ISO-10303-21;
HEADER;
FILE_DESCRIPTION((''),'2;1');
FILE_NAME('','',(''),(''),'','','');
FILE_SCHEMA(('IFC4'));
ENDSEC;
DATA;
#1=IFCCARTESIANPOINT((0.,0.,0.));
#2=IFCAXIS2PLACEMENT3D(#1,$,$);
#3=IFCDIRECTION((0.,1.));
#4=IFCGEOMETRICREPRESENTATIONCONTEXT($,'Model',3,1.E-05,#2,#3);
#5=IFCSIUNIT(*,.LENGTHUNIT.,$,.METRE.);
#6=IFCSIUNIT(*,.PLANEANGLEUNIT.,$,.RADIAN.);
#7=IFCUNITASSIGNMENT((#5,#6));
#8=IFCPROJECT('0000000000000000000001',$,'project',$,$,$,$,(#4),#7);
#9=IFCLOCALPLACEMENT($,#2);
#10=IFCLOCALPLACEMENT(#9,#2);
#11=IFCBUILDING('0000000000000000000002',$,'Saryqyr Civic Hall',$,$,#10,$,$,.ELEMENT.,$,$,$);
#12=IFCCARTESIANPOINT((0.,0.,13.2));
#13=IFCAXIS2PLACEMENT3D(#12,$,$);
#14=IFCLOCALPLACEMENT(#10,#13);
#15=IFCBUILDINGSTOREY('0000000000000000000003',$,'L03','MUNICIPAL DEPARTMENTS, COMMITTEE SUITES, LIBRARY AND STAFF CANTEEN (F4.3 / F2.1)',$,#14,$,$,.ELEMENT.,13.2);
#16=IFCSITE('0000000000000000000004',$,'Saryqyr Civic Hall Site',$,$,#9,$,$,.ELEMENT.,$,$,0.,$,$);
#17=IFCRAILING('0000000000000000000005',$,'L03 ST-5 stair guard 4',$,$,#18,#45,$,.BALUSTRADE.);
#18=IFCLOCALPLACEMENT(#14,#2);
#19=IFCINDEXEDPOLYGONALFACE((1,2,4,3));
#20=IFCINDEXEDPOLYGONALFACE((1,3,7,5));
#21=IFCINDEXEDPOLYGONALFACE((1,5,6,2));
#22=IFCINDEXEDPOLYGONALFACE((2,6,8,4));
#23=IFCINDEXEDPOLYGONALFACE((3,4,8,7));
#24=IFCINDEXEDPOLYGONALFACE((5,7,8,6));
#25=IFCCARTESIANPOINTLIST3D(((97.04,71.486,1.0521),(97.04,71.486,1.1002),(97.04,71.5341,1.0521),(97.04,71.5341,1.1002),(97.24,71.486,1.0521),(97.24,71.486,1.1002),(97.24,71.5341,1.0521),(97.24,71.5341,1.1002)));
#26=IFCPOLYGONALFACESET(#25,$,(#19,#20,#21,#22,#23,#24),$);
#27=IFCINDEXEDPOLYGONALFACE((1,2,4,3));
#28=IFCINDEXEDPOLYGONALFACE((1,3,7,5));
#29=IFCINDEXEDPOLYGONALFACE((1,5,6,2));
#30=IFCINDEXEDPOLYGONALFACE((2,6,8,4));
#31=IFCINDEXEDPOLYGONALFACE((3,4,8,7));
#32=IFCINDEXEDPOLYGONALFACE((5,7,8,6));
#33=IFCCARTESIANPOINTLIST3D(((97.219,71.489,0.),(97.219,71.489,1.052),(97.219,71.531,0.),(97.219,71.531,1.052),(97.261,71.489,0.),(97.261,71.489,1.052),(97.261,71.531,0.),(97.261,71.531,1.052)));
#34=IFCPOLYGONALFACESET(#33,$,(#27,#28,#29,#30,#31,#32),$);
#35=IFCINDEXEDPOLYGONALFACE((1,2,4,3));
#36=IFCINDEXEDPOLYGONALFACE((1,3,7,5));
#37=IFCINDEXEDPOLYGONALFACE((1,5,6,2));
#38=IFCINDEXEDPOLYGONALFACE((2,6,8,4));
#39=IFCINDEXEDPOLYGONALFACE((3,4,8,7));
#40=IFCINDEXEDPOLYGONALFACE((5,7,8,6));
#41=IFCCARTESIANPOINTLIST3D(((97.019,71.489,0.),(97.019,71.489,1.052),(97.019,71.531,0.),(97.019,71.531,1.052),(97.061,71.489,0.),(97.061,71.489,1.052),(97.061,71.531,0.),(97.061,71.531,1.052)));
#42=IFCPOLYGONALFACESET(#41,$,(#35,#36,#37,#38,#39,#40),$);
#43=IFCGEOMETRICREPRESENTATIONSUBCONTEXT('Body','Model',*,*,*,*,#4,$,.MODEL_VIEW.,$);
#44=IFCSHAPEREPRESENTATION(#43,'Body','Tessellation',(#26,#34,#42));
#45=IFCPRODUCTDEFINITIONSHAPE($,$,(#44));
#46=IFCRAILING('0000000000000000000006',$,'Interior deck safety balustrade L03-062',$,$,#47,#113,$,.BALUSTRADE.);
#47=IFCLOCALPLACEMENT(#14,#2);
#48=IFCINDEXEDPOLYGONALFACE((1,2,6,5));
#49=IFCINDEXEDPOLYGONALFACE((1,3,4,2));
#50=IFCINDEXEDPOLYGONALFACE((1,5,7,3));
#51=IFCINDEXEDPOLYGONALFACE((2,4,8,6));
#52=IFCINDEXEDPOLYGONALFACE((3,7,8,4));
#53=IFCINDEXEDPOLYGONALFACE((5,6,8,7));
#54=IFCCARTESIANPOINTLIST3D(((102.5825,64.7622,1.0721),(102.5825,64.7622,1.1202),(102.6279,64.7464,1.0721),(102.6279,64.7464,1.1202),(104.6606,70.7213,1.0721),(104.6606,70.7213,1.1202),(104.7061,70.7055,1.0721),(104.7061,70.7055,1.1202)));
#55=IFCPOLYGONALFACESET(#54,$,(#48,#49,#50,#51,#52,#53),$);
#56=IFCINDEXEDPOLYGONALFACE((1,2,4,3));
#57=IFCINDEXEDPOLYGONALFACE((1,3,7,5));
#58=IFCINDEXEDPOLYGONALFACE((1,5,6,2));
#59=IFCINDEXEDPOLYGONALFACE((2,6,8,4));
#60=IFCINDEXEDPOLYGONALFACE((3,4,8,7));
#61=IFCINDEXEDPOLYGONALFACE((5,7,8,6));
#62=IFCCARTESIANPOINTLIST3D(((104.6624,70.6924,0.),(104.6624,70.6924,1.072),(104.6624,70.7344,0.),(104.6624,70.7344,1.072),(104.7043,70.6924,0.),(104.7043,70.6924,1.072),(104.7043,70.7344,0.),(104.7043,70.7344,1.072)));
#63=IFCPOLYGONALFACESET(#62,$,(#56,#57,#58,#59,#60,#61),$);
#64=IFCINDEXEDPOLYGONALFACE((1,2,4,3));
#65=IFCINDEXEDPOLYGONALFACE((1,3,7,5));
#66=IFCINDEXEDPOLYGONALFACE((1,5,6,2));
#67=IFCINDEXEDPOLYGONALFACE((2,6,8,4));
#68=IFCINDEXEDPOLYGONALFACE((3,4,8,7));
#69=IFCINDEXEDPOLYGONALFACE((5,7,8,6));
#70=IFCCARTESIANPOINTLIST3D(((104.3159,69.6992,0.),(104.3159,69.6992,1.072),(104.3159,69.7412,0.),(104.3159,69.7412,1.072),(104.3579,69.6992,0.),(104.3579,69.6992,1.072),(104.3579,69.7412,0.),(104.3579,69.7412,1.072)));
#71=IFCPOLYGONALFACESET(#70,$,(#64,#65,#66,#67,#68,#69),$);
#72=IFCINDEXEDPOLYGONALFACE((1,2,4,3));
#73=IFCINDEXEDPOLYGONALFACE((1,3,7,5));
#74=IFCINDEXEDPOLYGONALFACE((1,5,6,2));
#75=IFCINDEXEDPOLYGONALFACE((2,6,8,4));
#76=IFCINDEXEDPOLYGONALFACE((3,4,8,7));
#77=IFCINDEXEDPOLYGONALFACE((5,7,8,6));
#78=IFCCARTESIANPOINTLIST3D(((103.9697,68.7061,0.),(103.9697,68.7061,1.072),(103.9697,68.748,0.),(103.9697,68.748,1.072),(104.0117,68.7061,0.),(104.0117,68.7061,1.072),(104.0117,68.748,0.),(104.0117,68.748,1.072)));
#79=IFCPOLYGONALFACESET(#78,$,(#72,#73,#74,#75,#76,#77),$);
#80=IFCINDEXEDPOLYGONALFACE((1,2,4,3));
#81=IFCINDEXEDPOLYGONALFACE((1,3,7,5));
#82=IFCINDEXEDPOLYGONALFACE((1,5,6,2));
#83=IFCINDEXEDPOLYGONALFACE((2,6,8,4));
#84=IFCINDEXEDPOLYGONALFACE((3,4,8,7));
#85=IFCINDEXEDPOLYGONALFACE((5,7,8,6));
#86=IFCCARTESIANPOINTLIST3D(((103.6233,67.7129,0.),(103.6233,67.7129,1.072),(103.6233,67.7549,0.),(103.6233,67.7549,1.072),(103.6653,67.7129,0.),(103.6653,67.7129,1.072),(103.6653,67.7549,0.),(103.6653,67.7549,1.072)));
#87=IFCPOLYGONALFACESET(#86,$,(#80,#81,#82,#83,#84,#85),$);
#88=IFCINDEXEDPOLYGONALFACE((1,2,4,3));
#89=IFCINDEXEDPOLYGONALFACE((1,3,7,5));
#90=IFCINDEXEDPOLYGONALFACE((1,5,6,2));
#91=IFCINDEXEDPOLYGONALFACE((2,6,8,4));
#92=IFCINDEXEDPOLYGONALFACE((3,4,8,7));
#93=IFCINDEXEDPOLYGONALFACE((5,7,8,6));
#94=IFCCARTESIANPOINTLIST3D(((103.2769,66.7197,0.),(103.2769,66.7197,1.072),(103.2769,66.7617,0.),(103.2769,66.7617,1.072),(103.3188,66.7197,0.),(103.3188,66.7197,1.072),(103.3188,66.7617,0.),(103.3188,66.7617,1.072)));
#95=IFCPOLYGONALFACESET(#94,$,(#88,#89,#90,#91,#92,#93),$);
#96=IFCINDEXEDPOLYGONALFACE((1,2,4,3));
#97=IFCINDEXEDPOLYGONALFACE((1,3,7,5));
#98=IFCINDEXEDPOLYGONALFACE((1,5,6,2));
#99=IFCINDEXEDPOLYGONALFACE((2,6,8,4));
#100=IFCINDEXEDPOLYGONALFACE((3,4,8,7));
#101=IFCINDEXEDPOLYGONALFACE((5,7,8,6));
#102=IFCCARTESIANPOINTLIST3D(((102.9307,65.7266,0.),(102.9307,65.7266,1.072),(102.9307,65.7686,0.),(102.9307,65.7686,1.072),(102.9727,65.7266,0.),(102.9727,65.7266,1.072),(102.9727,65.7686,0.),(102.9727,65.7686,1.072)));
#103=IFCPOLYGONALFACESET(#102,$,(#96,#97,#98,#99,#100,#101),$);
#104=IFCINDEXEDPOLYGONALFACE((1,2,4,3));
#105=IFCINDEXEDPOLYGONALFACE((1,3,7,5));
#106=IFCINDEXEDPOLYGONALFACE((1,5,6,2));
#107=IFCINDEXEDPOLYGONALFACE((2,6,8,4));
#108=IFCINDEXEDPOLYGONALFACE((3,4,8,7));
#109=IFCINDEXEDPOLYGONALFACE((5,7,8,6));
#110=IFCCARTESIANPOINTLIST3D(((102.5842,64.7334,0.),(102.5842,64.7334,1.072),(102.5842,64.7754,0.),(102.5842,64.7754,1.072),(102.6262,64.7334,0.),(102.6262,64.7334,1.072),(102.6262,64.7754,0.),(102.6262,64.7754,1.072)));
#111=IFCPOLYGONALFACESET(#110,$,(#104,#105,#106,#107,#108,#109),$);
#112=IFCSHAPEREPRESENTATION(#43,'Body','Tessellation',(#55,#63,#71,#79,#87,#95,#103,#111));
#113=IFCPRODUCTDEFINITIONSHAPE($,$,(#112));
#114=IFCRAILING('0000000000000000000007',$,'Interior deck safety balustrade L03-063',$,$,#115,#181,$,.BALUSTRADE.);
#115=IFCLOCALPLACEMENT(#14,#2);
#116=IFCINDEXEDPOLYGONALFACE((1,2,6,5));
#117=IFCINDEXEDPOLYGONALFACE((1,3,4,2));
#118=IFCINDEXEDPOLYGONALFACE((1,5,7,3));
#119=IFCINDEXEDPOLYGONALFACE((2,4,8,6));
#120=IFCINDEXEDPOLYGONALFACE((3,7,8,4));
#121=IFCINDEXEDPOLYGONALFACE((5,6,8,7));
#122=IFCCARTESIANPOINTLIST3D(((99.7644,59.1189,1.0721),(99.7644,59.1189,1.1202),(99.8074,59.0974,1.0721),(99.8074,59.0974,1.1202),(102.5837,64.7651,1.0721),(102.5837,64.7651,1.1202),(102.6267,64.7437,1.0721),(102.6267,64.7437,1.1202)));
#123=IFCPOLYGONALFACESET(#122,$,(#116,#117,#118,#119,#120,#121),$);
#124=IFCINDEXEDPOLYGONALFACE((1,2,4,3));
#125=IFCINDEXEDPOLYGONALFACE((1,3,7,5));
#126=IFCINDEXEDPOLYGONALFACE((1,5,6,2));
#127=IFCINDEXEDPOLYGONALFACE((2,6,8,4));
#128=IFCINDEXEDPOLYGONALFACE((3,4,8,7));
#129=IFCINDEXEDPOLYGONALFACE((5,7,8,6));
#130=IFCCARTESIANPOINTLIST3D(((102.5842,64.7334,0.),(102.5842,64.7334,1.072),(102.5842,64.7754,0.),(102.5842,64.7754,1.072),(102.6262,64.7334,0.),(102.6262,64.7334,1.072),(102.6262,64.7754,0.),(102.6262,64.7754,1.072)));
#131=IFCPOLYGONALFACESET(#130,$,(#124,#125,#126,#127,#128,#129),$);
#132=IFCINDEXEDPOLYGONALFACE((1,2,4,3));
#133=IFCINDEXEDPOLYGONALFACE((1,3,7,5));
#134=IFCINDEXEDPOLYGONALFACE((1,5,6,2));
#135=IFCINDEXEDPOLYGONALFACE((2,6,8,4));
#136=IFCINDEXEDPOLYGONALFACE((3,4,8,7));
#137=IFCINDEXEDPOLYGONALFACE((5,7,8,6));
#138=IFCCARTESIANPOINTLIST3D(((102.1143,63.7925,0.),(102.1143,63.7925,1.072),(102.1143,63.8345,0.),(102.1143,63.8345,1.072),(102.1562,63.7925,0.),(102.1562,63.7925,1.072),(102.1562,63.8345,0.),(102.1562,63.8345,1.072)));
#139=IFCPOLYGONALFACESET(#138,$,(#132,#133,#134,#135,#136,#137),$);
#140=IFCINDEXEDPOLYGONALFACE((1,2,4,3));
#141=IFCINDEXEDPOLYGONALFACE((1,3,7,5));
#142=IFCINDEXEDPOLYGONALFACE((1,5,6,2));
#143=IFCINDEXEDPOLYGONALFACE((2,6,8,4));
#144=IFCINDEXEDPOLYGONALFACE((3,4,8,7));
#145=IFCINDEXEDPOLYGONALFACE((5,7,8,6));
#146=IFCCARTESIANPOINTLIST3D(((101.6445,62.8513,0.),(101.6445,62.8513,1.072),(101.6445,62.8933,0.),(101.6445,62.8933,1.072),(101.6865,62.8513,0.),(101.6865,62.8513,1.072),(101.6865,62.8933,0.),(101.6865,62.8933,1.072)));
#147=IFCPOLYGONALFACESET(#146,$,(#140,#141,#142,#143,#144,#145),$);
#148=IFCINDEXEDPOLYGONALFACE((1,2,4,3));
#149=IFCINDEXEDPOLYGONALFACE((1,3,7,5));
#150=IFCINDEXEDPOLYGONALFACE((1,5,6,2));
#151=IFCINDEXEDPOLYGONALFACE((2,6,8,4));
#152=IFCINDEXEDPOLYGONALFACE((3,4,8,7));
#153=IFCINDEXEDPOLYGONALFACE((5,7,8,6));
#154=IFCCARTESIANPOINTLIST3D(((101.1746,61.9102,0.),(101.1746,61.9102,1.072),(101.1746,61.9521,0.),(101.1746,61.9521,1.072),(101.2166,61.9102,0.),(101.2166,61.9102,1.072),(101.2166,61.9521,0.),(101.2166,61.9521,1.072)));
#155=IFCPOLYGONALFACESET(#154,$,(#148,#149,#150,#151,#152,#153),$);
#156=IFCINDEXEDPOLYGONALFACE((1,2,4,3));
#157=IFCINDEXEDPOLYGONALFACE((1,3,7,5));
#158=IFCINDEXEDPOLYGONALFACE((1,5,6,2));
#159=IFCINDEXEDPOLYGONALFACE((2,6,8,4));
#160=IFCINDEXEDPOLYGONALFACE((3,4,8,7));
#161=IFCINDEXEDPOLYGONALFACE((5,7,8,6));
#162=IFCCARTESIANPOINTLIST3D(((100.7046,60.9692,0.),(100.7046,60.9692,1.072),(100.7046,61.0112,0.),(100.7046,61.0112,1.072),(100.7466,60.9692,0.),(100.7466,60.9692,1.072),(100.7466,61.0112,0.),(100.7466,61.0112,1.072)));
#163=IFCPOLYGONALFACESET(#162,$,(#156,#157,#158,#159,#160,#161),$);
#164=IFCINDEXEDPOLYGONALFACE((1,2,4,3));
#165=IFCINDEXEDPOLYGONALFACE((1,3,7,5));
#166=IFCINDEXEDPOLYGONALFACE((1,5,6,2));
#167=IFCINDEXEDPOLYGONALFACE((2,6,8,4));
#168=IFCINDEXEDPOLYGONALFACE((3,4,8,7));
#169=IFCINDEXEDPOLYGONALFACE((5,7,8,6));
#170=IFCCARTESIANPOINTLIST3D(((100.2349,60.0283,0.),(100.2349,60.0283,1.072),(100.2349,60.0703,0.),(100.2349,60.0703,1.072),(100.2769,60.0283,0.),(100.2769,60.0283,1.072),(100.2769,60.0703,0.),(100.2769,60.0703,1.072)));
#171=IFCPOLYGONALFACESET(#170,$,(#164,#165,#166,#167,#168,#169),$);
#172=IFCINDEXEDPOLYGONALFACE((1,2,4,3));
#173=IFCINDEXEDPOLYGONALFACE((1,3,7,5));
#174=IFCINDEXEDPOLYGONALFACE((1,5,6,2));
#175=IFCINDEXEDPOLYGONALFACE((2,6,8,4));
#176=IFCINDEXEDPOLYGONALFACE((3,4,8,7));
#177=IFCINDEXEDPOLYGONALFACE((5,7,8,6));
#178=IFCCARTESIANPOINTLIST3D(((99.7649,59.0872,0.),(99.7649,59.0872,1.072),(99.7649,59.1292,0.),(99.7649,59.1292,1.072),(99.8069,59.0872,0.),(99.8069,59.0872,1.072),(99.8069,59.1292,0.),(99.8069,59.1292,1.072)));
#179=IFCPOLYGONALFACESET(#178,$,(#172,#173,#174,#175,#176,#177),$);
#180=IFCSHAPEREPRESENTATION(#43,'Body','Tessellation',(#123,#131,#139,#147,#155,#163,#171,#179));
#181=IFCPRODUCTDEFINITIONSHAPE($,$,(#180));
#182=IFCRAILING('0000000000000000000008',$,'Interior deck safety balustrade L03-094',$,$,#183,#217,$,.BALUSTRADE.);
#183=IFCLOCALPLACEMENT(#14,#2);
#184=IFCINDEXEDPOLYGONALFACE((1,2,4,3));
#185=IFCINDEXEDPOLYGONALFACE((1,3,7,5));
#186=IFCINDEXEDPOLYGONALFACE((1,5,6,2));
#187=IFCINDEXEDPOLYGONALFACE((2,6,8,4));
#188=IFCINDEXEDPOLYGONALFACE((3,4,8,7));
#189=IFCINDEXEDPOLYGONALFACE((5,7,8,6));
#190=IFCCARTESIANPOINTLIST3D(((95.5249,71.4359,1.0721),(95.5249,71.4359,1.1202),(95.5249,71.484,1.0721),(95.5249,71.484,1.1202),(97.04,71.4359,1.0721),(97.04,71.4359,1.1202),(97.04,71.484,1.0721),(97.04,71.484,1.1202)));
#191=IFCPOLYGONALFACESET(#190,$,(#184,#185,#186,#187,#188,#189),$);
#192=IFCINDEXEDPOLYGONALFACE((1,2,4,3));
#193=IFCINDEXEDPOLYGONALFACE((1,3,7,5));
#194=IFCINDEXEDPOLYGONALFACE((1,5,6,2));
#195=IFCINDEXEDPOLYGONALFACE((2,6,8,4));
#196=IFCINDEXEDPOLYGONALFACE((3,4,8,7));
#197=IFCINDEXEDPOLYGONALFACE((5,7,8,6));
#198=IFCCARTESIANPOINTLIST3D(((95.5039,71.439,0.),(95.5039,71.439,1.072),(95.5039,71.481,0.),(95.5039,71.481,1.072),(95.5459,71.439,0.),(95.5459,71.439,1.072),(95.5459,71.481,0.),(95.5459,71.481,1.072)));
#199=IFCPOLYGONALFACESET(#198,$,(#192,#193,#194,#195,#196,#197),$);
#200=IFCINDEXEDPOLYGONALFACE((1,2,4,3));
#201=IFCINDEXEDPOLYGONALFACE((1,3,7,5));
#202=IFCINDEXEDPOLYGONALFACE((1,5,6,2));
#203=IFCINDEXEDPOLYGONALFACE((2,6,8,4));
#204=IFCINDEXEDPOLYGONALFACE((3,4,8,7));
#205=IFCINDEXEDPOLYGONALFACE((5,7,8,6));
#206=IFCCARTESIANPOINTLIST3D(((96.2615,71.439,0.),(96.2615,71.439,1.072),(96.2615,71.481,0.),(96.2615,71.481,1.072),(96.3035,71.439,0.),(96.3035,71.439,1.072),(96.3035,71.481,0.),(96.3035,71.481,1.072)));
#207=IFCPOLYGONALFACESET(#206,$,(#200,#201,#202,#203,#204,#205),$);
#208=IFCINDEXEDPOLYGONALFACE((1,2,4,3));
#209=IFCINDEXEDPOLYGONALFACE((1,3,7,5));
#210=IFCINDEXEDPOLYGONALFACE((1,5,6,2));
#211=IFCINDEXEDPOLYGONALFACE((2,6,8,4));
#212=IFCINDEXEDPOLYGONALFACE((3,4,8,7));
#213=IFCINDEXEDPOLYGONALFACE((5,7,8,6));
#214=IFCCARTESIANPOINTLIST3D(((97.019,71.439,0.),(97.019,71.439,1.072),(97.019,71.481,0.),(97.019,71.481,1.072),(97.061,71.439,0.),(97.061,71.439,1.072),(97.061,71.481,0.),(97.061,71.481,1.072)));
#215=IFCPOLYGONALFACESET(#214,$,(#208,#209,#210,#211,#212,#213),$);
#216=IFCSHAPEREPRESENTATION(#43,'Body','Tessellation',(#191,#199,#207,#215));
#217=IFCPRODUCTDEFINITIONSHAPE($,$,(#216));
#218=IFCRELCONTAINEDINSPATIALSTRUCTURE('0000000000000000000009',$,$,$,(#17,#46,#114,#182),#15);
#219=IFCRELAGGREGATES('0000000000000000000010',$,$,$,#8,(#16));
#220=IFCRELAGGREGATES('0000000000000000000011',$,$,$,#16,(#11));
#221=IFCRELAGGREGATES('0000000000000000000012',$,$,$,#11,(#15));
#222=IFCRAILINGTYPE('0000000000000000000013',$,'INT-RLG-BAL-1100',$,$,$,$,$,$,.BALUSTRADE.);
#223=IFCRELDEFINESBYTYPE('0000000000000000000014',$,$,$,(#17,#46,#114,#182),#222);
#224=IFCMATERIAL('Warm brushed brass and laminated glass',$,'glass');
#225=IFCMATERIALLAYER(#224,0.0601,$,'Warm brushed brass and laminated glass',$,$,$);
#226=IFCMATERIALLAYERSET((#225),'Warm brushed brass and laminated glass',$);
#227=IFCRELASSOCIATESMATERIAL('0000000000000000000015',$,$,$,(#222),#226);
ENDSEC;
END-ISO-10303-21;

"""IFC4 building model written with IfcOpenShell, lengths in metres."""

from ifc_helpers import new_model, si_unit, direction, frame, origin, origin_2d, place, context, subcontext, project, spatial, rectangle, extrude, material, layer, layer_set, type_object, element, save


model = new_model("IFC4")

# Units and contexts
model_context = context("Model", 3, precision=1e-05, world=origin(), true_north=direction((0.0, 1.0)))
body_context = subcontext(model_context, "Body", "Model", "MODEL_VIEW")
ifc_project = project(units=[si_unit("LENGTHUNIT", "METRE"), si_unit("PLANEANGLEUNIT", "RADIAN")], contexts=[model_context])

# Site, building, storey
site_placement = place(None, origin())
site = spatial("IfcSite", under=ifc_project, at=site_placement, Name="Saryqyr Civic Hall Site", CompositionType="ELEMENT", RefElevation=0.0)
building_placement = place(site_placement, origin())
building = spatial("IfcBuilding", under=site, at=building_placement, Name="Saryqyr Civic Hall", CompositionType="ELEMENT")
storey_placement = place(building_placement, frame((0.0, 0.0, 13.2)))
storey = spatial("IfcBuildingStorey", under=building, at=storey_placement, Name="L03", Description="MUNICIPAL DEPARTMENTS, COMMITTEE SUITES, LIBRARY AND STAFF CANTEEN (F4.3 / F2.1)", CompositionType="ELEMENT", Elevation=13.2)

# Railings
ifc_material_1 = material(Name="Warm brushed brass and laminated glass", Category="glass")
ifc_layer_1 = layer(ifc_material_1, 0.0601, Name="Warm brushed brass and laminated glass")
ifc_layer_set_1 = layer_set([ifc_layer_1], Name="Warm brushed brass and laminated glass")
railing_type = type_object("IfcRailingType", Name="INT-RLG-BAL-1100", PredefinedType="BALUSTRADE", material=ifc_layer_set_1)
railing_1_placement = place(storey_placement, frame((97.24, 71.51, 0.0)))
element("IfcRailing", 1, at=railing_1_placement, inside=storey, type_object=railing_type, Name="L03 ST-5 stair guard 4", PredefinedType="BALUSTRADE", context=body_context, shape_type="SweptSolid", body=[
    extrude(rectangle(XDim=0.0481, YDim=0.0481, at=origin_2d()), frame((0.0, 0.0, 1.0762), z_axis=(-1.0, 0.0, 0.0), x_axis=(0.0, -1.0, 0.0)), (0.0, 0.0, 1.0), 0.2),
    extrude(rectangle(XDim=0.042, YDim=0.042, at=origin_2d()), origin(), (0.0, 0.0, 1.0), 1.052),
    extrude(rectangle(XDim=0.042, YDim=0.042, at=origin_2d()), frame((-0.2, 0.0, 0.0)), (0.0, 0.0, 1.0), 1.052),
])
railing_2_placement = place(storey_placement, frame((104.6833, 70.7134, 0.0)))
element("IfcRailing", 2, at=railing_2_placement, inside=storey, type_object=railing_type, Name="Interior deck safety balustrade L03-062", PredefinedType="BALUSTRADE", context=body_context, shape_type="SweptSolid", body=[
    extrude(rectangle(XDim=0.0481, YDim=0.0481, at=origin_2d()), frame((0.0, 0.0, 1.0962), z_axis=(-0.329289, -0.944229, 0.0), x_axis=(0.944229, -0.329289, 0.0)), (0.0, 0.0, 1.0), 6.311),
    extrude(rectangle(XDim=0.042, YDim=0.042, at=origin_2d()), origin(), (0.0, 0.0, 1.0), 1.072),
    extrude(rectangle(XDim=0.042, YDim=0.042, at=origin_2d()), frame((-0.3464, -0.9932, 0.0)), (0.0, 0.0, 1.0), 1.072),
    extrude(rectangle(XDim=0.042, YDim=0.042, at=origin_2d()), frame((-0.6926, -1.9863, 0.0)), (0.0, 0.0, 1.0), 1.072),
    extrude(rectangle(XDim=0.042, YDim=0.042, at=origin_2d()), frame((-1.0391, -2.9795, 0.0)), (0.0, 0.0, 1.0), 1.072),
    extrude(rectangle(XDim=0.042, YDim=0.042, at=origin_2d()), frame((-1.3855, -3.9727, 0.0)), (0.0, 0.0, 1.0), 1.072),
    extrude(rectangle(XDim=0.042, YDim=0.042, at=origin_2d()), frame((-1.7317, -4.9658, 0.0)), (0.0, 0.0, 1.0), 1.072),
    extrude(rectangle(XDim=0.042, YDim=0.042, at=origin_2d()), frame((-2.0781, -5.959, 0.0)), (0.0, 0.0, 1.0), 1.072),
])
railing_3_placement = place(storey_placement, frame((102.6052, 64.7544, 0.0)))
element("IfcRailing", 3, at=railing_3_placement, inside=storey, type_object=railing_type, Name="Interior deck safety balustrade L03-063", PredefinedType="BALUSTRADE", context=body_context, shape_type="SweptSolid", body=[
    extrude(rectangle(XDim=0.0481, YDim=0.0481, at=origin_2d()), frame((0.0, 0.0, 1.0962), z_axis=(-0.446734, -0.894667, 0.0), x_axis=(0.894667, -0.446734, 0.0)), (0.0, 0.0, 1.0), 6.311),
    extrude(rectangle(XDim=0.042, YDim=0.042, at=origin_2d()), origin(), (0.0, 0.0, 1.0), 1.072),
    extrude(rectangle(XDim=0.042, YDim=0.042, at=origin_2d()), frame((-0.47, -0.9409, 0.0)), (0.0, 0.0, 1.0), 1.072),
    extrude(rectangle(XDim=0.042, YDim=0.042, at=origin_2d()), frame((-0.9397, -1.8821, 0.0)), (0.0, 0.0, 1.0), 1.072),
    extrude(rectangle(XDim=0.042, YDim=0.042, at=origin_2d()), frame((-1.4097, -2.8232, 0.0)), (0.0, 0.0, 1.0), 1.072),
    extrude(rectangle(XDim=0.042, YDim=0.042, at=origin_2d()), frame((-1.8796, -3.7642, 0.0)), (0.0, 0.0, 1.0), 1.072),
    extrude(rectangle(XDim=0.042, YDim=0.042, at=origin_2d()), frame((-2.3494, -4.7051, 0.0)), (0.0, 0.0, 1.0), 1.072),
    extrude(rectangle(XDim=0.042, YDim=0.042, at=origin_2d()), frame((-2.8193, -5.6462, 0.0)), (0.0, 0.0, 1.0), 1.072),
])
railing_4_placement = place(storey_placement, frame((95.5249, 71.46, 0.0)))
element("IfcRailing", 4, at=railing_4_placement, inside=storey, type_object=railing_type, Name="Interior deck safety balustrade L03-094", PredefinedType="BALUSTRADE", context=body_context, shape_type="SweptSolid", body=[
    extrude(rectangle(XDim=0.0481, YDim=0.0481, at=origin_2d()), frame((0.0, 0.0, 1.0962), z_axis=(1.0, 0.0, 0.0), x_axis=(0.0, 1.0, 0.0)), (0.0, 0.0, 1.0), 1.5151),
    extrude(rectangle(XDim=0.042, YDim=0.042, at=origin_2d()), origin(), (0.0, 0.0, 1.0), 1.072),
    extrude(rectangle(XDim=0.042, YDim=0.042, at=origin_2d()), frame((0.7576, 0.0, 0.0)), (0.0, 0.0, 1.0), 1.072),
    extrude(rectangle(XDim=0.042, YDim=0.042, at=origin_2d()), frame((1.5151, 0.0, 0.0)), (0.0, 0.0, 1.0), 1.072),
])

save(model, "model.ifc")
